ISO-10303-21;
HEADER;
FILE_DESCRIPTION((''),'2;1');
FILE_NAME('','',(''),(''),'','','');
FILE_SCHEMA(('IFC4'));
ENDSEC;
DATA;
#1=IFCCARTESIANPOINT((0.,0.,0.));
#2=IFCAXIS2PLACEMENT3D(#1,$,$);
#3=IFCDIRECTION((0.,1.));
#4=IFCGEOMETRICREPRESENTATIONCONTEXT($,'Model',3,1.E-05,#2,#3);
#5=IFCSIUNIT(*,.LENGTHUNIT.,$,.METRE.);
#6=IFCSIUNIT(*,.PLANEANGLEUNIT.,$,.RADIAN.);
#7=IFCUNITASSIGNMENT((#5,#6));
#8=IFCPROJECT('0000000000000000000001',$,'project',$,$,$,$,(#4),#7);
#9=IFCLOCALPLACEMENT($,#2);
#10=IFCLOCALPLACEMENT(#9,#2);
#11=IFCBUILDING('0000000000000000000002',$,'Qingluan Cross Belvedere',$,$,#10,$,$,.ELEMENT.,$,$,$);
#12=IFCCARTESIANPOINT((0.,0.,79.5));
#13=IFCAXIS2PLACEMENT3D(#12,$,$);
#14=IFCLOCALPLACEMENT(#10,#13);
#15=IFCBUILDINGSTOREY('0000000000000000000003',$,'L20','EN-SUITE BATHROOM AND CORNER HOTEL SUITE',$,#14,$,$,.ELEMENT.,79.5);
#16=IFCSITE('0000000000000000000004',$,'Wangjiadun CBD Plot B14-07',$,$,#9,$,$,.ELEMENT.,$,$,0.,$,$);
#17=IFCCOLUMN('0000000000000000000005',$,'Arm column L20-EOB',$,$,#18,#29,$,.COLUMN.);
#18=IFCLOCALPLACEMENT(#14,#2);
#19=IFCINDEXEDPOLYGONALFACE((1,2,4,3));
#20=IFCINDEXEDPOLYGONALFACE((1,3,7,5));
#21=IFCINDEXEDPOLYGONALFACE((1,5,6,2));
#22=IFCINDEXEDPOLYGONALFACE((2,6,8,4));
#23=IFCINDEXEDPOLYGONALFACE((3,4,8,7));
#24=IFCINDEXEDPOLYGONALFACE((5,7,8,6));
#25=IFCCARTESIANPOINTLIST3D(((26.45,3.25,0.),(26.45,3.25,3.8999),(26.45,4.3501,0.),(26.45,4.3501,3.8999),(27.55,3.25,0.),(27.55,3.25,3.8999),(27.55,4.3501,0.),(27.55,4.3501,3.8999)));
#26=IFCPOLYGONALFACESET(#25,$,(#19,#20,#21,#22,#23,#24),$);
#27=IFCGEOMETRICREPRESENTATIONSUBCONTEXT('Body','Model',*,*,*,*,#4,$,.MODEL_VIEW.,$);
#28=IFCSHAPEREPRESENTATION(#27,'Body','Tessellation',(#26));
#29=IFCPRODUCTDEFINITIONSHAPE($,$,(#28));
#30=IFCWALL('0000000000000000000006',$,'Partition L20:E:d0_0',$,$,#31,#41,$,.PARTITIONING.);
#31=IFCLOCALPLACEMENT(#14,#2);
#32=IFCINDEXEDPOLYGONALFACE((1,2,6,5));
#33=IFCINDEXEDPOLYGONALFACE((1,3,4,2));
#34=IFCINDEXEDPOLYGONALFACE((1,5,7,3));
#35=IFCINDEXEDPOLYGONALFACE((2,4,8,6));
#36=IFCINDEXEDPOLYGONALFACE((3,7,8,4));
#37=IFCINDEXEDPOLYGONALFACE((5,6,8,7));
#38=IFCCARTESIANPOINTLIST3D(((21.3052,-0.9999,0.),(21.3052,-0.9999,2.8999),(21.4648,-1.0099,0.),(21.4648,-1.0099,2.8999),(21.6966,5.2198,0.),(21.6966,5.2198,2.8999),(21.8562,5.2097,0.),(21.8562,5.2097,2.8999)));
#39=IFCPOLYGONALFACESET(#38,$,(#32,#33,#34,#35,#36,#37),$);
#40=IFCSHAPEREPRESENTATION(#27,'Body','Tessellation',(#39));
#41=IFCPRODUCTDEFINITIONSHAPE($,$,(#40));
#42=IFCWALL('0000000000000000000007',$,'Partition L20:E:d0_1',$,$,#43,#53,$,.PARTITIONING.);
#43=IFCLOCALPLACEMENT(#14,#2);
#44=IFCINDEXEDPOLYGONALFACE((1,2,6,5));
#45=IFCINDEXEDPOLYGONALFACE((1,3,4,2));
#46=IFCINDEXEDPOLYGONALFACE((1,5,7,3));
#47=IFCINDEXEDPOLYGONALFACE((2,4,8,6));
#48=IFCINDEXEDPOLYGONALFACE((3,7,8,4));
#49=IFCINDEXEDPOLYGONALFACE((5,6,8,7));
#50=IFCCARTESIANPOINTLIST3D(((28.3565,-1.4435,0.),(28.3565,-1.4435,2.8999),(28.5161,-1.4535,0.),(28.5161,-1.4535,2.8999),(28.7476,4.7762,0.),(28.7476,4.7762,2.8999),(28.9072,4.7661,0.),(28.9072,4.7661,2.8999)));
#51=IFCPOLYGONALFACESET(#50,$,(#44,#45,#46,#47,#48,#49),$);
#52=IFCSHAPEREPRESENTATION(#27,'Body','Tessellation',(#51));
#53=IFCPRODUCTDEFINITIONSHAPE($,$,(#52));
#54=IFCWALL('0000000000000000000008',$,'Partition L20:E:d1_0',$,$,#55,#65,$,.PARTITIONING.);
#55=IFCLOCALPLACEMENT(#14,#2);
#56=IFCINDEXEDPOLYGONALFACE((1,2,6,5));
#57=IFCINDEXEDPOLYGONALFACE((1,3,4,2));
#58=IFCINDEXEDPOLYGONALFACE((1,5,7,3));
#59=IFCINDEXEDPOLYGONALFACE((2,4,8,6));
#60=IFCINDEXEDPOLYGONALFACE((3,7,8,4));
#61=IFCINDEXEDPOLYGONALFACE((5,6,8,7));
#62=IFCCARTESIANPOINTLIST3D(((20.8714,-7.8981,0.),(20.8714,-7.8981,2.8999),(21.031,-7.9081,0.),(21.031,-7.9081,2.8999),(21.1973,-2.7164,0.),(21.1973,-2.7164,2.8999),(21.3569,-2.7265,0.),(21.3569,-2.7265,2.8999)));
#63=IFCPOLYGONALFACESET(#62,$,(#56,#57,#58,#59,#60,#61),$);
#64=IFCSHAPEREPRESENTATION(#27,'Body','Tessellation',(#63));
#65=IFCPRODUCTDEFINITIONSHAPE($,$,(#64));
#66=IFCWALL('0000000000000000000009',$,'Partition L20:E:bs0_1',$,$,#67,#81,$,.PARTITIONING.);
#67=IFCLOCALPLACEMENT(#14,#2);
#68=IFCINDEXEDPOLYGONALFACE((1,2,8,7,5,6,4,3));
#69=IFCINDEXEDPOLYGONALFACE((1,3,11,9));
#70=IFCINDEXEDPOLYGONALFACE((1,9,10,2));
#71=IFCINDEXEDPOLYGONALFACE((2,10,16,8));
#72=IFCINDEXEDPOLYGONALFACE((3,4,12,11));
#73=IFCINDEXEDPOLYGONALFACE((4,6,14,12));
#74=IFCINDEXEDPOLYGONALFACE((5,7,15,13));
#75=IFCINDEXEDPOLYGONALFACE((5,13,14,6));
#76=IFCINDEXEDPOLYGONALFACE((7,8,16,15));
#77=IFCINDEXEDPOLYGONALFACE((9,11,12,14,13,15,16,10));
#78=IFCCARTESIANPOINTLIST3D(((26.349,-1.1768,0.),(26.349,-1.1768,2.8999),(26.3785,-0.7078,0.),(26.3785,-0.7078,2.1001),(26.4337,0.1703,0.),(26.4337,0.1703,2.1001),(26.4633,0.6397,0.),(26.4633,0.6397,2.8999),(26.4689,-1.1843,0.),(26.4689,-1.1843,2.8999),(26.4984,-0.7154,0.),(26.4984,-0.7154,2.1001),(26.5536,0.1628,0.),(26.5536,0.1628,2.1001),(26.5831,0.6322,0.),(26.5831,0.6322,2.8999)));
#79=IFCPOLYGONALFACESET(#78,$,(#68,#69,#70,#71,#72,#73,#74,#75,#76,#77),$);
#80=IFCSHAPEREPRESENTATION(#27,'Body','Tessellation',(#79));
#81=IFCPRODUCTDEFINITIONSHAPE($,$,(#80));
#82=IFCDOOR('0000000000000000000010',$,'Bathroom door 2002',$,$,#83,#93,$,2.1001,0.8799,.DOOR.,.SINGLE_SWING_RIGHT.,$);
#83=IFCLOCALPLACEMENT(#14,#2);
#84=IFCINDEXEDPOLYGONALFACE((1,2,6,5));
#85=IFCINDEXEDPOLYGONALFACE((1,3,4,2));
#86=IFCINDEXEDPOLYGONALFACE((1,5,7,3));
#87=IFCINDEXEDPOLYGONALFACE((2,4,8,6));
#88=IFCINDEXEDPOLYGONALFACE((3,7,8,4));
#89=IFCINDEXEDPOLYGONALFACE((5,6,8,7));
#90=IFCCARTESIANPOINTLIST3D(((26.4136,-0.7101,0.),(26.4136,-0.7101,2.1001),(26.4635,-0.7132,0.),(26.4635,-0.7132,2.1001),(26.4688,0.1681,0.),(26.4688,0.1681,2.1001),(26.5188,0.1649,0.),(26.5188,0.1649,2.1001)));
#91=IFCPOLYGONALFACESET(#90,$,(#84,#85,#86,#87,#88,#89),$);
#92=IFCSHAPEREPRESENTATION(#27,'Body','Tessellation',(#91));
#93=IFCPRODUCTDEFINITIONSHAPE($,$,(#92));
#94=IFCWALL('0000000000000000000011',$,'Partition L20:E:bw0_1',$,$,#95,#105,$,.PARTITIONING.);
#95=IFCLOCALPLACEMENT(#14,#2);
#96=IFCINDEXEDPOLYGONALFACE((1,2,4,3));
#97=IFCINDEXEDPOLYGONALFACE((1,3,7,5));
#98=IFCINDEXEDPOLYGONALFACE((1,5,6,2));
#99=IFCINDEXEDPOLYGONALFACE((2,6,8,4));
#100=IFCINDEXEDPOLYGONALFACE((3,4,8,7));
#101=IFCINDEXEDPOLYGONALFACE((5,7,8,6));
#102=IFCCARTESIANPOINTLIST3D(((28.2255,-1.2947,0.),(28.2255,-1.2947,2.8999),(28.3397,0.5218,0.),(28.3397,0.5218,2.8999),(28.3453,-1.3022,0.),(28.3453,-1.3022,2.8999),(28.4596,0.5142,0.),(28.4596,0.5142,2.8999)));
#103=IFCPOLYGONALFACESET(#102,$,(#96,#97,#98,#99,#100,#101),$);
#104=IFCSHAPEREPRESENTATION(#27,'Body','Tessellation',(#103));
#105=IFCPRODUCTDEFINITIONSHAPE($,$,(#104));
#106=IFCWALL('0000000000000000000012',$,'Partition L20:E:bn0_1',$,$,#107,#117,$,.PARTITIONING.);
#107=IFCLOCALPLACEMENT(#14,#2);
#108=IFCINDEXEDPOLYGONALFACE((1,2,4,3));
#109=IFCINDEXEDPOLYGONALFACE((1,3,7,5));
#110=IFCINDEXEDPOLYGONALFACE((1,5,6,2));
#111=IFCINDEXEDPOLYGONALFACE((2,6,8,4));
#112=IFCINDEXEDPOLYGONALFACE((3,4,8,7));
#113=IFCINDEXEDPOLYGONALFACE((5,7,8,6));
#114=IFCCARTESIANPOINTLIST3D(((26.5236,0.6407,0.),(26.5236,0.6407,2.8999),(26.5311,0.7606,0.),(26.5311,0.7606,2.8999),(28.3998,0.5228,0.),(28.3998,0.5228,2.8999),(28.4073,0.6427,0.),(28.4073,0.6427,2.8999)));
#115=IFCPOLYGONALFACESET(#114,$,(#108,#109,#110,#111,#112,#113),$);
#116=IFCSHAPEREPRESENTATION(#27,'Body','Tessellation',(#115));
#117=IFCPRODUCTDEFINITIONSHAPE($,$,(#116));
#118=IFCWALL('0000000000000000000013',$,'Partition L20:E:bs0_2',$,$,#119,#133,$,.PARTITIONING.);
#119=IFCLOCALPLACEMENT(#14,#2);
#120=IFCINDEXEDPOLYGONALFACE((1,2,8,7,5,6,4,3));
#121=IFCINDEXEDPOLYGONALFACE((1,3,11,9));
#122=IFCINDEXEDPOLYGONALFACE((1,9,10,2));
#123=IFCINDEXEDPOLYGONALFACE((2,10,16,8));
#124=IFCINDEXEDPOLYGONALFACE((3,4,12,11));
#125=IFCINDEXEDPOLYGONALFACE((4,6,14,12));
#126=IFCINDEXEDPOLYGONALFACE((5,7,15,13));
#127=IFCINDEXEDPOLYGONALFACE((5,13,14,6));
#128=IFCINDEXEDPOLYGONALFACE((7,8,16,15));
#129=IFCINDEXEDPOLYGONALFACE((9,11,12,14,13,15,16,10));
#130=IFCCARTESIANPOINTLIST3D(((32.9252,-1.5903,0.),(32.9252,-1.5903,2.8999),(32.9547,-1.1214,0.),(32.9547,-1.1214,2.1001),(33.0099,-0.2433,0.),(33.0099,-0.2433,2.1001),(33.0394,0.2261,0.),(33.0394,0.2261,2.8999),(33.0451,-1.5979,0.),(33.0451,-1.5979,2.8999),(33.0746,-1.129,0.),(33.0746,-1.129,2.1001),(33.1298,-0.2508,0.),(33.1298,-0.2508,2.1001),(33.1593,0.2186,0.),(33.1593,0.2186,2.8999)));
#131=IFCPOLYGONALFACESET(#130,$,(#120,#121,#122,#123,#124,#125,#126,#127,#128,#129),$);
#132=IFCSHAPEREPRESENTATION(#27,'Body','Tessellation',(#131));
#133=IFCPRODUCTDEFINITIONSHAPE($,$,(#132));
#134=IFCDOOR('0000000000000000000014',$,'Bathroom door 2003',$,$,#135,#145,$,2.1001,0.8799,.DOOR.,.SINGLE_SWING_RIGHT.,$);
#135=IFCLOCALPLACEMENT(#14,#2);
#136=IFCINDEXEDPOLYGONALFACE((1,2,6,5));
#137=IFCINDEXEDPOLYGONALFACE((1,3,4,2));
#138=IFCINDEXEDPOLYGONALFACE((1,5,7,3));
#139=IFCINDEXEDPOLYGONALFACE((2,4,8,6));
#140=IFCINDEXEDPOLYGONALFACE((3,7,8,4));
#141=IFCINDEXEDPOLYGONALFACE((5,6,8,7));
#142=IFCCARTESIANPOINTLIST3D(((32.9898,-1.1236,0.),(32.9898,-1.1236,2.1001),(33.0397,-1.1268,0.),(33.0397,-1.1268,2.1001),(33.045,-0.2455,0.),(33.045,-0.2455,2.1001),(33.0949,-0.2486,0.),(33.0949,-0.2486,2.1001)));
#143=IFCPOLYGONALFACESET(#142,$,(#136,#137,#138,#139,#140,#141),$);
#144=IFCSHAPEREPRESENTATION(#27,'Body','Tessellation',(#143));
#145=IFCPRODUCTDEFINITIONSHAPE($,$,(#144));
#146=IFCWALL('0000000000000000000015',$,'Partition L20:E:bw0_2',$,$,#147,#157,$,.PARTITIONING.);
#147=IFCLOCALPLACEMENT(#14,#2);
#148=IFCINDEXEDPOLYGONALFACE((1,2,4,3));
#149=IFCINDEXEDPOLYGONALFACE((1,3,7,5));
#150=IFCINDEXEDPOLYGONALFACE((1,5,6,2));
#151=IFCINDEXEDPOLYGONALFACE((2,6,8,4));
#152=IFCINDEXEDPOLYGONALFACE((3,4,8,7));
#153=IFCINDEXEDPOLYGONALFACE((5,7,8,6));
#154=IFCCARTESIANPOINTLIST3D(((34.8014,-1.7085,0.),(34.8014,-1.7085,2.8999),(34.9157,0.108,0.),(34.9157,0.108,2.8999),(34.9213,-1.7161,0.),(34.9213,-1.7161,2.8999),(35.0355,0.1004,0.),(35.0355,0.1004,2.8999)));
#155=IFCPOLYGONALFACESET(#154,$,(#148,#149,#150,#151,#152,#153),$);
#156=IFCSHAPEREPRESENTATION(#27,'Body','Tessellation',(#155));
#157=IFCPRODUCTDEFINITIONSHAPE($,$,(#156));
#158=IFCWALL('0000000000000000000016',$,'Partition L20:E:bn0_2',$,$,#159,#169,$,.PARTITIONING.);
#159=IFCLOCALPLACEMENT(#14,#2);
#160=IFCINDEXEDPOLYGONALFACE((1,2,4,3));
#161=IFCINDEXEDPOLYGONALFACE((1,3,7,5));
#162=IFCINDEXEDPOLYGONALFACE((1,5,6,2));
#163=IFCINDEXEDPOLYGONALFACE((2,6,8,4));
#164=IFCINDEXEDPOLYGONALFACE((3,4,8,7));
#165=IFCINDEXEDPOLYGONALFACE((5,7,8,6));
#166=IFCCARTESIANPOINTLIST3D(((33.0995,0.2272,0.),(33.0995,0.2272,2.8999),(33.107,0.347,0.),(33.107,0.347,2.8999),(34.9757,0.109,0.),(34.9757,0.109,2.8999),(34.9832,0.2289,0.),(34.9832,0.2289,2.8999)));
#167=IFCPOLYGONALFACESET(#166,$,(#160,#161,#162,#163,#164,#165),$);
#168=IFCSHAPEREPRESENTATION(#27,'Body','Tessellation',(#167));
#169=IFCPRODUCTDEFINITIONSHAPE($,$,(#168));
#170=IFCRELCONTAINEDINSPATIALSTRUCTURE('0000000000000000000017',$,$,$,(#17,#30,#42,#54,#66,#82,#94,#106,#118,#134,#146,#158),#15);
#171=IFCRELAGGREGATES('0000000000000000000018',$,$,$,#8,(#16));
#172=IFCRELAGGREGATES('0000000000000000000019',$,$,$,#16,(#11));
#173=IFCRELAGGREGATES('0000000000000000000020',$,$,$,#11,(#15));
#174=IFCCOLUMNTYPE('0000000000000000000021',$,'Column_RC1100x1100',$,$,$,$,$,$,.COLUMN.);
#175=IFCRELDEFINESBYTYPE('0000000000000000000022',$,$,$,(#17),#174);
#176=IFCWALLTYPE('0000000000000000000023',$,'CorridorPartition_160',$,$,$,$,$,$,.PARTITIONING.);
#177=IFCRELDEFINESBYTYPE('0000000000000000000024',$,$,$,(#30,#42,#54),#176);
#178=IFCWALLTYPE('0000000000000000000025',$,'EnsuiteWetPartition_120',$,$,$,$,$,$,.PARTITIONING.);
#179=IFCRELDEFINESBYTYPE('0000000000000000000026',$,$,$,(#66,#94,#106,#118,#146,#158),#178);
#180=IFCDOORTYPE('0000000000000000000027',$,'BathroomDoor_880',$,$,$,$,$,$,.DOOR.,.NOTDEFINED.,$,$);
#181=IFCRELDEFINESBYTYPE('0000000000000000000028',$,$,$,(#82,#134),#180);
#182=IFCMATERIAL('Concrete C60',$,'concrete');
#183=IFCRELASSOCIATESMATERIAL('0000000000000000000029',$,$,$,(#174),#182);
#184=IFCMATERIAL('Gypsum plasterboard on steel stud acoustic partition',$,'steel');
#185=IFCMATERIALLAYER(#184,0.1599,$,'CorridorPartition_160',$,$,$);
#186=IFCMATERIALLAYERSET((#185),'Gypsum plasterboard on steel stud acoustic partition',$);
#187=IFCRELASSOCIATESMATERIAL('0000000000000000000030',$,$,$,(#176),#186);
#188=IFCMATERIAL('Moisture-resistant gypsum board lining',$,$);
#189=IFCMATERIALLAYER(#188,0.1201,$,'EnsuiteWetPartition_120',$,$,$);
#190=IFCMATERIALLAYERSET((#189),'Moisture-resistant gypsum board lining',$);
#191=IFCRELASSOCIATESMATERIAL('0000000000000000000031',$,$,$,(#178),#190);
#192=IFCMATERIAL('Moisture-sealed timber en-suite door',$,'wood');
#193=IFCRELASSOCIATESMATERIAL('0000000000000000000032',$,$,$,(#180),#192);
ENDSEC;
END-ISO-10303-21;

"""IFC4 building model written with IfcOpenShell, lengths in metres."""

from ifc_helpers import new_model, si_unit, direction, frame, frame_2d, origin, origin_2d, place, context, subcontext, project, spatial, rectangle, extrude, material, layer, layer_set, material_profile, profile_set, type_object, element, fill, save


model = new_model("IFC4")

# Units and contexts
model_context = context("Model", 3, precision=1e-05, world=origin(), true_north=direction((0.0, 1.0)))
body_context = subcontext(model_context, "Body", "Model", "MODEL_VIEW")
ifc_project = project(units=[si_unit("LENGTHUNIT", "METRE"), si_unit("PLANEANGLEUNIT", "RADIAN")], contexts=[model_context])

# Site, building, storey
site_placement = place(None, origin())
site = spatial("IfcSite", under=ifc_project, at=site_placement, Name="Wangjiadun CBD Plot B14-07", CompositionType="ELEMENT", RefElevation=0.0)
building_placement = place(site_placement, origin())
building = spatial("IfcBuilding", under=site, at=building_placement, Name="Qingluan Cross Belvedere", CompositionType="ELEMENT")
storey_placement = place(building_placement, frame((0.0, 0.0, 79.5)))
storey = spatial("IfcBuildingStorey", under=building, at=storey_placement, Name="L20", Description="EN-SUITE BATHROOM AND CORNER HOTEL SUITE", CompositionType="ELEMENT", Elevation=79.5)

# Column
ifc_material_1 = material(Name="Concrete C60", Category="concrete")
ifc_material_profile = material_profile(ifc_material_1, rectangle(XDim=1.1001, YDim=1.1001, at=origin_2d()), Name="RC1100x1100")
ifc_profile_set = profile_set([ifc_material_profile], Name="Concrete C60")
column_type = type_object("IfcColumnType", Name="Column_RC1100x1100", PredefinedType="COLUMN", material=ifc_profile_set)
column_placement = place(storey_placement, frame((27.0, 3.8, 0.0), z_axis=(0.0, 0.0, 1.0), x_axis=(1.0, 0.0, 0.0)))
element("IfcColumn", 1, at=column_placement, inside=storey, type_object=column_type, Name="Arm column L20-EOB", PredefinedType="COLUMN", context=body_context, shape_type="SweptSolid", body=[
    extrude(rectangle(XDim=1.1001, YDim=1.1001, at=origin_2d()), origin(), (0.0, 0.0, 1.0), 3.8999),
])

# Walls
ifc_material_2 = material(Name="Gypsum plasterboard on steel stud acoustic partition", Category="steel")
ifc_layer_1 = layer(ifc_material_2, 0.1599, Name="CorridorPartition_160")
ifc_layer_set_1 = layer_set([ifc_layer_1], Name="Gypsum plasterboard on steel stud acoustic partition")
wall_type_1 = type_object("IfcWallType", Name="CorridorPartition_160", PredefinedType="PARTITIONING", material=ifc_layer_set_1)
for number, where, z_axis, x_axis, name in (
    (2, (21.385, -1.0049, 0.0), (0.0, 0.0, 1.0), (0.062798, 0.998026, 0.0), "Partition L20:E:d0_0"),
    (3, (28.4363, -1.4485, 0.0), (0.0, 0.0, 1.0), (0.062759, 0.998029, 0.0), "Partition L20:E:d0_1"),
):
    element("IfcWall", number, at=place(storey_placement, frame(where, z_axis=z_axis, x_axis=x_axis)), inside=storey, type_object=wall_type_1, Name=name, PredefinedType="PARTITIONING", context=body_context, shape_type="SweptSolid", body=[
        extrude(rectangle(XDim=6.2319, YDim=0.1599, at=frame_2d((3.116, 0.0))), origin(), (0.0, 0.0, 1.0), 2.8999),
    ])
wall_1_placement = place(storey_placement, frame((21.2771, -2.7214, 0.0), z_axis=(0.0, 0.0, 1.0), x_axis=(-0.062776, -0.998028, 0.0)))
element("IfcWall", 4, at=wall_1_placement, inside=storey, type_object=wall_type_1, Name="Partition L20:E:d1_0", PredefinedType="PARTITIONING", context=body_context, shape_type="SweptSolid", body=[
    extrude(rectangle(XDim=5.1919, YDim=0.1599, at=frame_2d((2.5959, 0.0))), origin(), (0.0, 0.0, 1.0), 2.8999),
])

# Wall, opening, door
ifc_material_3 = material(Name="Moisture-resistant gypsum board lining")
ifc_layer_2 = layer(ifc_material_3, 0.1201, Name="EnsuiteWetPartition_120")
ifc_layer_set_2 = layer_set([ifc_layer_2], Name="Moisture-resistant gypsum board lining")
wall_type_2 = type_object("IfcWallType", Name="EnsuiteWetPartition_120", PredefinedType="PARTITIONING", material=ifc_layer_set_2)
wall_2_placement = place(storey_placement, frame((26.4089, -1.1807, 0.0), z_axis=(0.0, 0.0, 1.0), x_axis=(0.062779, 0.998027, 0.0)))
wall_2 = element("IfcWall", 5, at=wall_2_placement, inside=storey, type_object=wall_type_2, Name="Partition L20:E:bs0_1", PredefinedType="PARTITIONING", context=body_context, shape_type="SweptSolid", body=[
    extrude(rectangle(XDim=1.8201, YDim=0.1201, at=frame_2d((0.9102, 0.0))), origin(), (0.0, 0.0, 1.0), 2.8999),
])
opening_1_placement = place(wall_2_placement, frame((0.47, 0.0, 0.0)))
opening_1 = element("IfcOpeningElement", 6, at=opening_1_placement, cuts=wall_2, PredefinedType="OPENING", context=body_context, shape_type="SweptSolid", body=[
    extrude(rectangle(XDim=0.8799, YDim=2.1001, at=frame_2d((0.4399, 1.05))), frame((0.0, 0.0701, 0.0), z_axis=(0.0, -1.0, 0.0), x_axis=(1.0, 0.0, 0.0)), (0.0, 0.0, 1.0), 0.1401),
])
ifc_material_4 = material(Name="Moisture-sealed timber en-suite door", Category="wood")
door_type_1 = type_object("IfcDoorType", Name="BathroomDoor_880", OperationType="NOTDEFINED", PredefinedType="DOOR", material=ifc_material_4)
door_1_placement = place(opening_1_placement, origin())
door_1 = element("IfcDoor", 7, at=door_1_placement, inside=storey, type_object=door_type_1, Name="Bathroom door 2002", OperationType="SINGLE_SWING_RIGHT", OverallHeight=2.1001, OverallWidth=0.8799, PredefinedType="DOOR", context=body_context, shape_type="SweptSolid", body=[
    extrude(rectangle(XDim=0.8799, YDim=2.1001, at=frame_2d((0.4399, 1.05))), frame((0.0, 0.0249, 0.0), z_axis=(0.0, -1.0, 0.0), x_axis=(1.0, 0.0, 0.0)), (0.0, 0.0, 1.0), 0.05),
])
fill(opening_1, door_1)

# Walls
wall_3_placement = place(storey_placement, frame((28.2854, -1.2986, 0.0), z_axis=(0.0, 0.0, 1.0), x_axis=(0.062779, 0.998027, 0.0)))
element("IfcWall", 8, at=wall_3_placement, inside=storey, type_object=wall_type_2, Name="Partition L20:E:bw0_1", PredefinedType="PARTITIONING", context=body_context, shape_type="SweptSolid", body=[
    extrude(rectangle(XDim=1.8201, YDim=0.1201, at=frame_2d((0.9102, 0.0))), origin(), (0.0, 0.0, 1.0), 2.8999),
])
wall_4_placement = place(storey_placement, frame((26.5273, 0.7007, 0.0), z_axis=(0.0, 0.0, 1.0), x_axis=(0.998031, -0.062726, 0.0)))
element("IfcWall", 9, at=wall_4_placement, inside=storey, type_object=wall_type_2, Name="Partition L20:E:bn0_1", PredefinedType="PARTITIONING", context=body_context, shape_type="SweptSolid", body=[
    extrude(rectangle(XDim=1.8799, YDim=0.1201, at=frame_2d((0.9399, 0.0))), origin(), (0.0, 0.0, 1.0), 2.8999),
])

# Wall, opening, door
wall_5_placement = place(storey_placement, frame((32.9851, -1.5942, 0.0), z_axis=(0.0, 0.0, 1.0), x_axis=(0.062779, 0.998027, 0.0)))
wall_5 = element("IfcWall", 10, at=wall_5_placement, inside=storey, type_object=wall_type_2, Name="Partition L20:E:bs0_2", PredefinedType="PARTITIONING", context=body_context, shape_type="SweptSolid", body=[
    extrude(rectangle(XDim=1.8201, YDim=0.1201, at=frame_2d((0.9102, 0.0))), origin(), (0.0, 0.0, 1.0), 2.8999),
])
opening_2_placement = place(wall_5_placement, frame((0.47, 0.0, 0.0)))
opening_2 = element("IfcOpeningElement", 11, at=opening_2_placement, cuts=wall_5, PredefinedType="OPENING", context=body_context, shape_type="SweptSolid", body=[
    extrude(rectangle(XDim=0.8799, YDim=2.1001, at=frame_2d((0.4399, 1.05))), frame((0.0, 0.0701, 0.0), z_axis=(0.0, -1.0, 0.0), x_axis=(1.0, 0.0, 0.0)), (0.0, 0.0, 1.0), 0.1401),
])
door_2_placement = place(opening_2_placement, origin())
door_2 = element("IfcDoor", 12, at=door_2_placement, inside=storey, type_object=door_type_1, Name="Bathroom door 2003", OperationType="SINGLE_SWING_RIGHT", OverallHeight=2.1001, OverallWidth=0.8799, PredefinedType="DOOR", context=body_context, shape_type="SweptSolid", body=[
    extrude(rectangle(XDim=0.8799, YDim=2.1001, at=frame_2d((0.4399, 1.05))), frame((0.0, 0.0249, 0.0), z_axis=(0.0, -1.0, 0.0), x_axis=(1.0, 0.0, 0.0)), (0.0, 0.0, 1.0), 0.05),
])
fill(opening_2, door_2)

# Walls
wall_6_placement = place(storey_placement, frame((34.8613, -1.7124, 0.0), z_axis=(0.0, 0.0, 1.0), x_axis=(0.062779, 0.998027, 0.0)))
element("IfcWall", 13, at=wall_6_placement, inside=storey, type_object=wall_type_2, Name="Partition L20:E:bw0_2", PredefinedType="PARTITIONING", context=body_context, shape_type="SweptSolid", body=[
    extrude(rectangle(XDim=1.8201, YDim=0.1201, at=frame_2d((0.9102, 0.0))), origin(), (0.0, 0.0, 1.0), 2.8999),
])
wall_7_placement = place(storey_placement, frame((33.1033, 0.2871, 0.0), z_axis=(0.0, 0.0, 1.0), x_axis=(0.998023, -0.062855, 0.0)))
element("IfcWall", 14, at=wall_7_placement, inside=storey, type_object=wall_type_2, Name="Partition L20:E:bn0_2", PredefinedType="PARTITIONING", context=body_context, shape_type="SweptSolid", body=[
    extrude(rectangle(XDim=1.8799, YDim=0.1201, at=frame_2d((0.9399, 0.0))), origin(), (0.0, 0.0, 1.0), 2.8999),
])

save(model, "model.ifc")
